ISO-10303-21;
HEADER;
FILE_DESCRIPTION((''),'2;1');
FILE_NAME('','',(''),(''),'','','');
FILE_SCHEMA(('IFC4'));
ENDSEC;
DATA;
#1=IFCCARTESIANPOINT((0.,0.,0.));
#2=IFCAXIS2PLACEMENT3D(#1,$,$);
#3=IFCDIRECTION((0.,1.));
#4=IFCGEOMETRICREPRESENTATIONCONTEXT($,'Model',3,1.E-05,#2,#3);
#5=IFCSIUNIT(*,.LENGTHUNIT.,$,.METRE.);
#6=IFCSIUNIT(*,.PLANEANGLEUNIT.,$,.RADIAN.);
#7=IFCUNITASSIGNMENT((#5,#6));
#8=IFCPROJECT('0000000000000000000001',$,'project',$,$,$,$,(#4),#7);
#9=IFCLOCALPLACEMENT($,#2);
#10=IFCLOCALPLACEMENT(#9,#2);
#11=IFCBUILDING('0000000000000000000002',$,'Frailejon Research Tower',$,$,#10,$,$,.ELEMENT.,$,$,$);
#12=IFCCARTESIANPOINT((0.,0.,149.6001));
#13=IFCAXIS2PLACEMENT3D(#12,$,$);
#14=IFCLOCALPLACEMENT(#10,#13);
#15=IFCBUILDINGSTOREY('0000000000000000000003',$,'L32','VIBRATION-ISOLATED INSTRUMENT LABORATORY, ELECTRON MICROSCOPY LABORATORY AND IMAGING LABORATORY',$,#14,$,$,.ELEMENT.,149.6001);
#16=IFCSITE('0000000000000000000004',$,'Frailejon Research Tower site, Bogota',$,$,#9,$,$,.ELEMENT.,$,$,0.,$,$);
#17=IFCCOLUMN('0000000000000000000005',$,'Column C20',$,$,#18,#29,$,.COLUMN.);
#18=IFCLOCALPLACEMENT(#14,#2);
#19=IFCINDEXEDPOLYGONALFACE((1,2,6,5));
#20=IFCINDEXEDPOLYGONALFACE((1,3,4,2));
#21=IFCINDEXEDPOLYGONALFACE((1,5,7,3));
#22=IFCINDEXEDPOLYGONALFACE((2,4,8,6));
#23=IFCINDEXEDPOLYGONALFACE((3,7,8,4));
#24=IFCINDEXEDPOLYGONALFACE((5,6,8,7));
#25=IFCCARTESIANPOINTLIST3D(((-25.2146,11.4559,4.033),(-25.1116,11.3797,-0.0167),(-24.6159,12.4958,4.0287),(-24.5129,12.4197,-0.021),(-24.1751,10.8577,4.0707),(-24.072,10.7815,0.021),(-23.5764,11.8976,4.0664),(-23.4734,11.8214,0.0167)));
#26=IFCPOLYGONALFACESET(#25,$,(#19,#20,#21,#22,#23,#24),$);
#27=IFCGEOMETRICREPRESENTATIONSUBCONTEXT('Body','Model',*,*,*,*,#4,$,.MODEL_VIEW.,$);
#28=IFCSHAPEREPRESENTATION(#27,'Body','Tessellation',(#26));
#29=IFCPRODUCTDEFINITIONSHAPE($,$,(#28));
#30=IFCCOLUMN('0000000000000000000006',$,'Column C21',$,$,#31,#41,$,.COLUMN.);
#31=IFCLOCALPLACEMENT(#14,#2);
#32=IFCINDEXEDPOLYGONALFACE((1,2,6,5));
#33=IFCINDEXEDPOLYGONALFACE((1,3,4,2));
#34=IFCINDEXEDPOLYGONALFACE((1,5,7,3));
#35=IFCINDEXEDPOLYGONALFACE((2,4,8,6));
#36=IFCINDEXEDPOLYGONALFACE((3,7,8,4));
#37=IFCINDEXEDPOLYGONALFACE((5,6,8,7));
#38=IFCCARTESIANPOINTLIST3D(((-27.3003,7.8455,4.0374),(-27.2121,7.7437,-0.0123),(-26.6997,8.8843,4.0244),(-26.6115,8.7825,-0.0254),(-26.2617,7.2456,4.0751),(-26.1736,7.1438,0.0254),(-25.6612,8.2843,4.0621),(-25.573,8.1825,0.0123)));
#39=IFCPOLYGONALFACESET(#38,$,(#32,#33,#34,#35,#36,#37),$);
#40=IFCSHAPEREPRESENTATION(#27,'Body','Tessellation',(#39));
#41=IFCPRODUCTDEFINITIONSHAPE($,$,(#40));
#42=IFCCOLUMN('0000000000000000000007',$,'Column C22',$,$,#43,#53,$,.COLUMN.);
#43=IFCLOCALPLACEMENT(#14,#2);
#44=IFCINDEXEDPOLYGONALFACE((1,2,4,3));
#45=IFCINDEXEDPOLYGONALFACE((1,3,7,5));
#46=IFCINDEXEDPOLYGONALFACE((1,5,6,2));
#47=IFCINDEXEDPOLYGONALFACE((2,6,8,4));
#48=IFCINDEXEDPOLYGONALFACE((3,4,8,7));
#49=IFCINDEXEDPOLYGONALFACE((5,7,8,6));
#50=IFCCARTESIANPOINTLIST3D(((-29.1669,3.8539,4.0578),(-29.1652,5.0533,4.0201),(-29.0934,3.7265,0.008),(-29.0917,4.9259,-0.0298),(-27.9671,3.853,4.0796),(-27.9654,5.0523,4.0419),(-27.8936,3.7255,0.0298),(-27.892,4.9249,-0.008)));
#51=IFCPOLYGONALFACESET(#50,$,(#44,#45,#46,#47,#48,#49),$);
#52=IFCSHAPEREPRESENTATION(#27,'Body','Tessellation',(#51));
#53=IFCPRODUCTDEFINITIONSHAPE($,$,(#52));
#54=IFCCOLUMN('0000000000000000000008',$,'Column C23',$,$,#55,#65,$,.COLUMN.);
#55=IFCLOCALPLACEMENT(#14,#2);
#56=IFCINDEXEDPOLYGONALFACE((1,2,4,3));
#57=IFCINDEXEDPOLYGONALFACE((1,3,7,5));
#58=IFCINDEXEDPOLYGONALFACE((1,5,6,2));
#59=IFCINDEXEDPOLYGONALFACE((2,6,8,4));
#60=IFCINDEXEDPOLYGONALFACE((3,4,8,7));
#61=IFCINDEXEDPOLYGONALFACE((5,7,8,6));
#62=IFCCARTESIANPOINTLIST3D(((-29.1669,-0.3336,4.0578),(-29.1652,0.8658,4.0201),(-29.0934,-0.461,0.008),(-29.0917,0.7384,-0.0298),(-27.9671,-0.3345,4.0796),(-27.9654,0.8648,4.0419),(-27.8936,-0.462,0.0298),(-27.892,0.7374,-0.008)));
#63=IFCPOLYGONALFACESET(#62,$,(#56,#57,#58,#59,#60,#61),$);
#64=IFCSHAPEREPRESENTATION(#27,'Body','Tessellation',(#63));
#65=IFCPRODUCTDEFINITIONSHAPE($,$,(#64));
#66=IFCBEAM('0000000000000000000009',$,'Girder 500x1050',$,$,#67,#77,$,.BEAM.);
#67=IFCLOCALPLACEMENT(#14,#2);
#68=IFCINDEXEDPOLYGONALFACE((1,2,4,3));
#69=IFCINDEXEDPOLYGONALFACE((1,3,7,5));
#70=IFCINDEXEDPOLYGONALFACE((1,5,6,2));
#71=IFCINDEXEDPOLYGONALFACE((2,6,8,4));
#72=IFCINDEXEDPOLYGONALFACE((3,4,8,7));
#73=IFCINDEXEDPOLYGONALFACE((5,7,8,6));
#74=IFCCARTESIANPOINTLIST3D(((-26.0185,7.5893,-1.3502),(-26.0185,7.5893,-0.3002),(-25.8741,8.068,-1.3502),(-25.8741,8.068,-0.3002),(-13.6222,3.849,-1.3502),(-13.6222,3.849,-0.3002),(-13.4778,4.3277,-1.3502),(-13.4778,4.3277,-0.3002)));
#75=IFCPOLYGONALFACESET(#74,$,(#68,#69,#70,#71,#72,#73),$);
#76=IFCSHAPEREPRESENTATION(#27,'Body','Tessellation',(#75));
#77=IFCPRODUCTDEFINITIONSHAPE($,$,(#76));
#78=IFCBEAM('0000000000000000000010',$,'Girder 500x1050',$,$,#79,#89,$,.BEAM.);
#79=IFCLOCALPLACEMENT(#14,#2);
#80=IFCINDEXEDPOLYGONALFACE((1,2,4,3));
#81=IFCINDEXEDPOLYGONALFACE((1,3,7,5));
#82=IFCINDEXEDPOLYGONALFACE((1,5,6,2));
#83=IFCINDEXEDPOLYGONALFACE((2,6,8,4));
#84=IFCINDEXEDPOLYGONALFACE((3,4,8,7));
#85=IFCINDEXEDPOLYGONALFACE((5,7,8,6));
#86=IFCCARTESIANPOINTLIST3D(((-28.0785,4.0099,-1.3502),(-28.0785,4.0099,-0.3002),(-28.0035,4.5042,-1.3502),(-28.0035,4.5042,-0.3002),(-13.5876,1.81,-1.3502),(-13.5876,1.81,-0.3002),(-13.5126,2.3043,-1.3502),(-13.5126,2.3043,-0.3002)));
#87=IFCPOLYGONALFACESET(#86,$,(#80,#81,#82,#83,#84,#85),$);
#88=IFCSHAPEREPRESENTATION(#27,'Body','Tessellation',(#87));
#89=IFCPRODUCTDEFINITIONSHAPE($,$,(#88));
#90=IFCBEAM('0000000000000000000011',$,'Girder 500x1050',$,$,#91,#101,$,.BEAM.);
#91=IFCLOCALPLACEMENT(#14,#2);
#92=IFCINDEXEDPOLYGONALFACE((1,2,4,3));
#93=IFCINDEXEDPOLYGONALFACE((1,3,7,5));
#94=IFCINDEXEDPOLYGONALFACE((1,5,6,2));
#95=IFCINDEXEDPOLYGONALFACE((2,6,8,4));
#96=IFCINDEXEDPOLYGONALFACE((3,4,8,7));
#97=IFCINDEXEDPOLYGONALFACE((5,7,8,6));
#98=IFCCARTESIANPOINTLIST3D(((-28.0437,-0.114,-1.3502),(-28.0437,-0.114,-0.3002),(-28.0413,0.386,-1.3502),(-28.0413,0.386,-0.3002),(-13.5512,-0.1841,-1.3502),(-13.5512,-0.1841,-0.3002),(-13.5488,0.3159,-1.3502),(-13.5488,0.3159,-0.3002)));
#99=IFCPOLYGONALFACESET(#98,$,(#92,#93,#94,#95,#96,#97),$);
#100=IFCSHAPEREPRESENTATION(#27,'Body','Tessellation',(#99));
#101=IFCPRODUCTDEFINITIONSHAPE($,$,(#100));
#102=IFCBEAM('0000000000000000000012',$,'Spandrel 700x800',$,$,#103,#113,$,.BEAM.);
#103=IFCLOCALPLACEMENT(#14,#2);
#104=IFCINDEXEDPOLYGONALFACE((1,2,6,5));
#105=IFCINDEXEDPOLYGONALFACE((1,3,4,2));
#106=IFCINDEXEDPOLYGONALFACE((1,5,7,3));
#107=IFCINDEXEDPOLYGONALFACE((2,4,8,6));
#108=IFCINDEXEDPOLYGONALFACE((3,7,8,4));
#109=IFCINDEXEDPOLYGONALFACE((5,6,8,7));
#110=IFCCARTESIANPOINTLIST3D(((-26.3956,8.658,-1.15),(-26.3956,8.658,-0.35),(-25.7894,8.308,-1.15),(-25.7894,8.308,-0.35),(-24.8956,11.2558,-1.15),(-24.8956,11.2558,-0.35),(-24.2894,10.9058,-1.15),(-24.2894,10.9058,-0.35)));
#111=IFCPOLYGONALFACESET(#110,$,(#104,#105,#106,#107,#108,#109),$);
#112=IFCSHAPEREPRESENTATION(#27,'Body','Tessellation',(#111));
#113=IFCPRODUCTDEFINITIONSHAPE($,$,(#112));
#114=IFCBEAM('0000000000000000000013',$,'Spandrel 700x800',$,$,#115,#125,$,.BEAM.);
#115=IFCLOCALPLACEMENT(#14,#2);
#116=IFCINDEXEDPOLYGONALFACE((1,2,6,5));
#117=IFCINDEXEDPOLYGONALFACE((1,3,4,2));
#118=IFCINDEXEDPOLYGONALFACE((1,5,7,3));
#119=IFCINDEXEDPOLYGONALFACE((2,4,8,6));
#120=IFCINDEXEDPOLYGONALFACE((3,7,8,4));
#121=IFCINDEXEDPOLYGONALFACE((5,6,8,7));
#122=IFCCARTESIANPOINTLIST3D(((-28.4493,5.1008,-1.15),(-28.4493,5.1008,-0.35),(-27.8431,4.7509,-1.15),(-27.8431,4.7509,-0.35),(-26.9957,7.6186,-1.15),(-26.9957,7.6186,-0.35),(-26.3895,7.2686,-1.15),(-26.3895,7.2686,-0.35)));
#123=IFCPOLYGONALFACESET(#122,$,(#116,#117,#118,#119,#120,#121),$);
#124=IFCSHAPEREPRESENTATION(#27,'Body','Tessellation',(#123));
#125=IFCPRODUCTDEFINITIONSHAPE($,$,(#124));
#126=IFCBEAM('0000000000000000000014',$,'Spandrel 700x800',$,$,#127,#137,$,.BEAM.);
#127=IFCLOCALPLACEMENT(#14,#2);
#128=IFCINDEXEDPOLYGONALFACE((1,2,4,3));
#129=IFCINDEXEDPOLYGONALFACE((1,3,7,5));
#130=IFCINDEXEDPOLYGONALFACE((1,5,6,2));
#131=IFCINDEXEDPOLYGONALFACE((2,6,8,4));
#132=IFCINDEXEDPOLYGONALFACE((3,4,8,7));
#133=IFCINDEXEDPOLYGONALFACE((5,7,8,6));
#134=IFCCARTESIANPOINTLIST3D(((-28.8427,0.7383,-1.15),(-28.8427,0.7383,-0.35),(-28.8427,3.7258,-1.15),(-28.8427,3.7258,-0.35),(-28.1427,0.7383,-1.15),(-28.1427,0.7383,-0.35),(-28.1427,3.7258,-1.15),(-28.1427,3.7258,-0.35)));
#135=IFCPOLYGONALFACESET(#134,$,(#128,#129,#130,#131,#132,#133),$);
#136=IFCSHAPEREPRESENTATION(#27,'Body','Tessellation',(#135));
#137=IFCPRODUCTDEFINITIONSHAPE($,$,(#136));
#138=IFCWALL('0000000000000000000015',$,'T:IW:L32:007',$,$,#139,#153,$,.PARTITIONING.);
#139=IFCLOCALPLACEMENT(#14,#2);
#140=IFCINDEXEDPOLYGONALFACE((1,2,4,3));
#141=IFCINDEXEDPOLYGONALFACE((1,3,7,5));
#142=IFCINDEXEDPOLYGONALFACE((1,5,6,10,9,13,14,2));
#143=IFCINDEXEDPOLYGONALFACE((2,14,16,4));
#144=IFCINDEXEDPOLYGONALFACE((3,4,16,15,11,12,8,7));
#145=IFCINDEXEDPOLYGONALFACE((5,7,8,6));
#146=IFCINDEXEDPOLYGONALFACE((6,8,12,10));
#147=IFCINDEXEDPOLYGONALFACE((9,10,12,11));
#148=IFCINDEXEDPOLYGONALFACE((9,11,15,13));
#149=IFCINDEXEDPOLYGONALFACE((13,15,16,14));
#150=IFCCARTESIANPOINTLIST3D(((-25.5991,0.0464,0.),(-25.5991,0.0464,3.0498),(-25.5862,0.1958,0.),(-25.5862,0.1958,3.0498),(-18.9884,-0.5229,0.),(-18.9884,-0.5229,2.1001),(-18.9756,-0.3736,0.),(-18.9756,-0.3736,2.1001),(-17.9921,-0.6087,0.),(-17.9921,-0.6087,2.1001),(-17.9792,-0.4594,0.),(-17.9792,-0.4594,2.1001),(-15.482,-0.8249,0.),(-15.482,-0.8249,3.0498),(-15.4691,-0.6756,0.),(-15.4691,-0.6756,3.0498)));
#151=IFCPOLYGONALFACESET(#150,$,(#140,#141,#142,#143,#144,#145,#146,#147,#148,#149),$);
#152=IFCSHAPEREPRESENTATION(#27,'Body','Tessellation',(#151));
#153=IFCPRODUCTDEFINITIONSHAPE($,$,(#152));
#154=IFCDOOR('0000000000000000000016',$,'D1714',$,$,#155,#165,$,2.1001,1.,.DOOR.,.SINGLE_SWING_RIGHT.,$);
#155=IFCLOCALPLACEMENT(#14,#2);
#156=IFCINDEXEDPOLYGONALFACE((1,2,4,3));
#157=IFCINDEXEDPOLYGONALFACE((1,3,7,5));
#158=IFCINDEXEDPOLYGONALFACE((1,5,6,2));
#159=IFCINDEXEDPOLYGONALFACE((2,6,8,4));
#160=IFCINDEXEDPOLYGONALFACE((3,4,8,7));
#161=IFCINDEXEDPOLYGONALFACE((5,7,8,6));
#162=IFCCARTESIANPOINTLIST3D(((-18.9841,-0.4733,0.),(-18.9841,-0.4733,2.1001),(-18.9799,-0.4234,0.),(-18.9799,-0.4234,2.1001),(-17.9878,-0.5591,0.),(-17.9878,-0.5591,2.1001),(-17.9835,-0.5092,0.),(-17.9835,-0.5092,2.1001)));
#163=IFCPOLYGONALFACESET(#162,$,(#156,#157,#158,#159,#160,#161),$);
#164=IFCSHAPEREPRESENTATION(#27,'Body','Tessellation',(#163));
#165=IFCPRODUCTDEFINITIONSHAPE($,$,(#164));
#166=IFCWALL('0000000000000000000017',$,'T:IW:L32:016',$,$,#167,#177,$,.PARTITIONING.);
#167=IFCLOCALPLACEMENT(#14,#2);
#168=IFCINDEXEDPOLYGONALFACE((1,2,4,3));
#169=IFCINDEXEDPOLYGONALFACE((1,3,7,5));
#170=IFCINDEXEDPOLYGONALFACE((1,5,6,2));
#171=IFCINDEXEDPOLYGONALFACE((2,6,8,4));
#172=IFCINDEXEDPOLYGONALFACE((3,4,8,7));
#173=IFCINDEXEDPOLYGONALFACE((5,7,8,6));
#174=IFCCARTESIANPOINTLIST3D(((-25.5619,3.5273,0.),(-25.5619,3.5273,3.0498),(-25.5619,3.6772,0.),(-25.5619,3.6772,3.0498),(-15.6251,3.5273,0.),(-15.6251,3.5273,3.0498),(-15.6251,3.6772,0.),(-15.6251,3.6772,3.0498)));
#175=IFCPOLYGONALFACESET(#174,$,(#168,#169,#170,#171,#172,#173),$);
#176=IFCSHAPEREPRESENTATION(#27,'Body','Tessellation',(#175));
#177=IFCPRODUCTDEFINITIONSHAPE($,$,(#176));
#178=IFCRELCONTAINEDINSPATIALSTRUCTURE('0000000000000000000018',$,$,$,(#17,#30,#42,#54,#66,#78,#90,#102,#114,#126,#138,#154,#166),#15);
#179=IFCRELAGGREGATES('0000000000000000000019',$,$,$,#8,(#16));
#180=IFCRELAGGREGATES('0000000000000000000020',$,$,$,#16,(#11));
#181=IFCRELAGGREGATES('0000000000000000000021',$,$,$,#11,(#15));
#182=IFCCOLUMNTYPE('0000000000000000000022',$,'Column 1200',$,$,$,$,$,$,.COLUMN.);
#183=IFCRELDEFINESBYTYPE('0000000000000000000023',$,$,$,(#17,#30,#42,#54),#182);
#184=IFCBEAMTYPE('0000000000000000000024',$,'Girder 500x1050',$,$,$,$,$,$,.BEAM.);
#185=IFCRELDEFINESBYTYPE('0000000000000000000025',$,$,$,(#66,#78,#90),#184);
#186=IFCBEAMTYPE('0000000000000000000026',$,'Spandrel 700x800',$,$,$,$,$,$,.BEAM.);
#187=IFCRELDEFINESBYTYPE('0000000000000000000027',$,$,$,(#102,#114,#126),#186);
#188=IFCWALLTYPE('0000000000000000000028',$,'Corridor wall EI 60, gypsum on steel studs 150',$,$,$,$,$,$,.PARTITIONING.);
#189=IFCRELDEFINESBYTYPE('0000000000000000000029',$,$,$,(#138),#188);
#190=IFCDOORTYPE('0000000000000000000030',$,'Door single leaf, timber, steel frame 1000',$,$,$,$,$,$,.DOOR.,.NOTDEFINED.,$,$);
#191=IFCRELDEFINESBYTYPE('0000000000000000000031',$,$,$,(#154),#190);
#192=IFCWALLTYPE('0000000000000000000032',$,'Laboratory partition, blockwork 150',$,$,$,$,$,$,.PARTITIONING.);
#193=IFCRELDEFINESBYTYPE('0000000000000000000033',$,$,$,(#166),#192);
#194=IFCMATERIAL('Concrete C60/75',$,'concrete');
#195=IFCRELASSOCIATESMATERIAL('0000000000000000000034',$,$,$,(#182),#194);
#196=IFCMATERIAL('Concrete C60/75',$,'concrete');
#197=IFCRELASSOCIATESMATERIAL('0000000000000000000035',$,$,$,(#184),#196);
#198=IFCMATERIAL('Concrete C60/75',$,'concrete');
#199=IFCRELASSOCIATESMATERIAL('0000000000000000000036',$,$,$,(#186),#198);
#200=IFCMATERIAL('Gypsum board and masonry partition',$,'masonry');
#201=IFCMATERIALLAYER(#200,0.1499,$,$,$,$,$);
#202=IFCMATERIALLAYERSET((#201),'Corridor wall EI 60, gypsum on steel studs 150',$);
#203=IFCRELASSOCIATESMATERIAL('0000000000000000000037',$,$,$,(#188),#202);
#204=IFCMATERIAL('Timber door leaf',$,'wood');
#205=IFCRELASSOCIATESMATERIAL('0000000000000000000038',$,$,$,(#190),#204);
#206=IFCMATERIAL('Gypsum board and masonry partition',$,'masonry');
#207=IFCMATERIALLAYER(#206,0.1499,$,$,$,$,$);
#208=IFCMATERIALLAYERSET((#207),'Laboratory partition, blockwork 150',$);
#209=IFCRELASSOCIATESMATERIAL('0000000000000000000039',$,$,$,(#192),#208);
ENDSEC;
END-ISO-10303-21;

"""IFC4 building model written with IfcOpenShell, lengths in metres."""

from ifc_helpers import new_model, si_unit, direction, frame, frame_2d, origin, origin_2d, place, context, subcontext, project, spatial, rectangle, extrude, material, layer, layer_set, material_profile, profile_set, type_object, element, fill, save


model = new_model("IFC4")

# Units and contexts
model_context = context("Model", 3, precision=1e-05, world=origin(), true_north=direction((0.0, 1.0)))
body_context = subcontext(model_context, "Body", "Model", "MODEL_VIEW")
ifc_project = project(units=[si_unit("LENGTHUNIT", "METRE"), si_unit("PLANEANGLEUNIT", "RADIAN")], contexts=[model_context])

# Site, building, storey
site_placement = place(None, origin())
site = spatial("IfcSite", under=ifc_project, at=site_placement, Name="Frailejon Research Tower site, Bogota", CompositionType="ELEMENT", RefElevation=0.0)
building_placement = place(site_placement, origin())
building = spatial("IfcBuilding", under=site, at=building_placement, Name="Frailejon Research Tower", CompositionType="ELEMENT")
storey_placement = place(building_placement, frame((0.0, 0.0, 149.6001)))
storey = spatial("IfcBuildingStorey", under=building, at=storey_placement, Name="L32", Description="VIBRATION-ISOLATED INSTRUMENT LABORATORY, ELECTRON MICROSCOPY LABORATORY AND IMAGING LABORATORY", CompositionType="ELEMENT", Elevation=149.6001)

# Columns
ifc_material_1 = material(Name="Concrete C60/75", Category="concrete")
ifc_material_profile_1 = material_profile(ifc_material_1, rectangle(XDim=1.2, YDim=1.2, at=origin_2d()), Name="Column 1200")
ifc_profile_set_1 = profile_set([ifc_material_profile_1], Name="Concrete C60/75")
column_type = type_object("IfcColumnType", Name="Column 1200", PredefinedType="COLUMN", material=ifc_profile_set_1)
column_1_placement = place(storey_placement, frame((-24.2925, 11.6006, 0.0), z_axis=(-0.025427, 0.018799, 0.9995), x_axis=(-0.498883, -0.866662, 0.003609)))
element("IfcColumn", 1, at=column_1_placement, inside=storey, type_object=column_type, Name="Column C20", PredefinedType="COLUMN", context=body_context, shape_type="SweptSolid", body=[
    extrude(rectangle(XDim=1.2, YDim=1.2, at=origin_2d()), origin(), (0.0, 0.0, 1.0), 4.0518),
])
column_2_placement = place(storey_placement, frame((-26.3926, 7.9631, 0.0), z_axis=(-0.021751, 0.025125, 0.999448), x_axis=(-0.500502, -0.865667, 0.010869)))
element("IfcColumn", 2, at=column_2_placement, inside=storey, type_object=column_type, Name="Column C21", PredefinedType="COLUMN", context=body_context, shape_type="SweptSolid", body=[
    extrude(rectangle(XDim=1.2, YDim=1.2, at=origin_2d()), origin(), (0.0, 0.0, 1.0), 4.052),
])
for number, where, z_axis, x_axis, name in (
    (3, (-28.4927, 4.3257, 0.0), (-0.018134, 0.031448, 0.999341), (-0.001396, -0.999505, 0.031428), "Column C22"),
    (4, (-28.4927, 0.1382, 0.0), (-0.018134, 0.031448, 0.999341), (-0.001396, -0.999505, 0.031428), "Column C23"),
):
    element("IfcColumn", number, at=place(storey_placement, frame(where, z_axis=z_axis, x_axis=x_axis)), inside=storey, type_object=column_type, Name=name, PredefinedType="COLUMN", context=body_context, shape_type="SweptSolid", body=[
        extrude(rectangle(XDim=1.2, YDim=1.2, at=origin_2d()), origin(), (0.0, 0.0, 1.0), 4.0525),
    ])

# Beams
ifc_material_2 = material(Name="Concrete C60/75", Category="concrete")
ifc_material_profile_2 = material_profile(ifc_material_2, rectangle(XDim=0.5, YDim=1.05, at=origin_2d()), Name="Girder 500x1050")
ifc_profile_set_2 = profile_set([ifc_material_profile_2], Name="Concrete C60/75")
beam_type_1 = type_object("IfcBeamType", Name="Girder 500x1050", PredefinedType="BEAM", material=ifc_profile_set_2)
beam_1_placement = place(storey_placement, frame((-25.9463, 7.8286, -0.8252), z_axis=(0.957371, -0.288861, 0.0), x_axis=(0.288861, 0.957371, 0.0)))
element("IfcBeam", 5, at=beam_1_placement, inside=storey, type_object=beam_type_1, Name="Girder 500x1050", PredefinedType="BEAM", context=body_context, shape_type="SweptSolid", body=[
    extrude(rectangle(XDim=0.5, YDim=1.05, at=origin_2d()), origin(), (0.0, 0.0, 1.0), 12.9482),
])
beam_2_placement = place(storey_placement, frame((-28.041, 4.2571, -0.8252), z_axis=(0.988672, -0.150096, 0.0), x_axis=(0.150096, 0.988672, 0.0)))
element("IfcBeam", 6, at=beam_2_placement, inside=storey, type_object=beam_type_1, Name="Girder 500x1050", PredefinedType="BEAM", context=body_context, shape_type="SweptSolid", body=[
    extrude(rectangle(XDim=0.5, YDim=1.05, at=origin_2d()), origin(), (0.0, 0.0, 1.0), 14.657),
])
beam_3_placement = place(storey_placement, frame((-28.0425, 0.136, -0.8252), z_axis=(0.999988, -0.004835, 0.0), x_axis=(0.004835, 0.999988, 0.0)))
element("IfcBeam", 7, at=beam_3_placement, inside=storey, type_object=beam_type_1, Name="Girder 500x1050", PredefinedType="BEAM", context=body_context, shape_type="SweptSolid", body=[
    extrude(rectangle(XDim=0.5, YDim=1.05, at=origin_2d()), origin(), (0.0, 0.0, 1.0), 14.4927),
])
ifc_material_3 = material(Name="Concrete C60/75", Category="concrete")
ifc_material_profile_3 = material_profile(ifc_material_3, rectangle(XDim=0.7, YDim=0.8, at=origin_2d()), Name="Spandrel 700x800")
ifc_profile_set_3 = profile_set([ifc_material_profile_3], Name="Concrete C60/75")
beam_type_2 = type_object("IfcBeamType", Name="Spandrel 700x800", PredefinedType="BEAM", material=ifc_profile_set_3)
beam_4_placement = place(storey_placement, frame((-24.5925, 11.0808, -0.75), z_axis=(-0.500025, -0.866011, 0.0), x_axis=(0.866011, -0.500025, 0.0)))
element("IfcBeam", 8, at=beam_4_placement, inside=storey, type_object=beam_type_2, Name="Spandrel 700x800", PredefinedType="BEAM", context=body_context, shape_type="SweptSolid", body=[
    extrude(rectangle(XDim=0.7, YDim=0.8, at=origin_2d()), origin(), (0.0, 0.0, 1.0), 2.9998),
])
beam_5_placement = place(storey_placement, frame((-26.6926, 7.4436, -0.75), z_axis=(-0.499987, -0.866033, 0.0), x_axis=(0.866033, -0.499987, 0.0)))
element("IfcBeam", 9, at=beam_5_placement, inside=storey, type_object=beam_type_2, Name="Spandrel 700x800", PredefinedType="BEAM", context=body_context, shape_type="SweptSolid", body=[
    extrude(rectangle(XDim=0.7, YDim=0.8, at=origin_2d()), origin(), (0.0, 0.0, 1.0), 2.9072),
])
beam_6_placement = place(storey_placement, frame((-28.4927, 3.7258, -0.75), z_axis=(0.0, -1.0, 0.0), x_axis=(1.0, 0.0, 0.0)))
element("IfcBeam", 10, at=beam_6_placement, inside=storey, type_object=beam_type_2, Name="Spandrel 700x800", PredefinedType="BEAM", context=body_context, shape_type="SweptSolid", body=[
    extrude(rectangle(XDim=0.7, YDim=0.8, at=origin_2d()), origin(), (0.0, 0.0, 1.0), 2.9875),
])

# Wall, opening, door
ifc_material_4 = material(Name="Gypsum board and masonry partition", Category="masonry")
ifc_layer_1 = layer(ifc_material_4, 0.1499)
ifc_layer_set_1 = layer_set([ifc_layer_1], Name="Corridor wall EI 60, gypsum on steel studs 150")
wall_type_1 = type_object("IfcWallType", Name="Corridor wall EI 60, gypsum on steel studs 150", PredefinedType="PARTITIONING", material=ifc_layer_set_1)
wall_1_placement = place(storey_placement, frame((-25.5925, 0.1211, 0.0), z_axis=(0.0, 0.0, 1.0), x_axis=(0.996312, -0.085807, 0.0)))
wall_1 = element("IfcWall", 11, at=wall_1_placement, inside=storey, type_object=wall_type_1, Name="T:IW:L32:007", PredefinedType="PARTITIONING", context=body_context, shape_type="SweptSolid", body=[
    extrude(rectangle(XDim=10.1545, YDim=0.1499, at=frame_2d((5.0771, 0.0))), origin(), (0.0, 0.0, 1.0), 3.0498),
])
opening_1_placement = place(wall_1_placement, frame((6.635, 0.0, 0.0)))
opening_1 = element("IfcOpeningElement", 12, at=opening_1_placement, cuts=wall_1, PredefinedType="OPENING", context=body_context, shape_type="SweptSolid", body=[
    extrude(rectangle(XDim=1.0, YDim=2.1001, at=frame_2d((0.5, 1.05))), frame((0.0, 0.085, 0.0), z_axis=(0.0, -1.0, 0.0), x_axis=(1.0, 0.0, 0.0)), (0.0, 0.0, 1.0), 0.1699),
])
ifc_material_5 = material(Name="Timber door leaf", Category="wood")
door_type = type_object("IfcDoorType", Name="Door single leaf, timber, steel frame 1000", OperationType="NOTDEFINED", PredefinedType="DOOR", material=ifc_material_5)
door_placement = place(opening_1_placement, origin())
door = element("IfcDoor", 13, at=door_placement, inside=storey, type_object=door_type, Name="D1714", OperationType="SINGLE_SWING_RIGHT", OverallHeight=2.1001, OverallWidth=1.0, PredefinedType="DOOR", context=body_context, shape_type="SweptSolid", body=[
    extrude(rectangle(XDim=1.0, YDim=2.1001, at=frame_2d((0.5, 1.05))), frame((0.0, 0.0249, 0.0), z_axis=(0.0, -1.0, 0.0), x_axis=(1.0, 0.0, 0.0)), (0.0, 0.0, 1.0), 0.05),
])
fill(opening_1, door)

# Wall
ifc_material_6 = material(Name="Gypsum board and masonry partition", Category="masonry")
ifc_layer_2 = layer(ifc_material_6, 0.1499)
ifc_layer_set_2 = layer_set([ifc_layer_2], Name="Laboratory partition, blockwork 150")
wall_type_2 = type_object("IfcWallType", Name="Laboratory partition, blockwork 150", PredefinedType="PARTITIONING", material=ifc_layer_set_2)
wall_2_placement = place(storey_placement, frame((-25.5618, 3.6023, 0.0), z_axis=(0.0, 0.0, 1.0), x_axis=(1.0, 0.0, 0.0)))
element("IfcWall", 14, at=wall_2_placement, inside=storey, type_object=wall_type_2, Name="T:IW:L32:016", PredefinedType="PARTITIONING", context=body_context, shape_type="SweptSolid", body=[
    extrude(rectangle(XDim=9.9368, YDim=0.1499, at=frame_2d((4.9683, 0.0))), origin(), (0.0, 0.0, 1.0), 3.0498),
])

save(model, "model.ifc")
